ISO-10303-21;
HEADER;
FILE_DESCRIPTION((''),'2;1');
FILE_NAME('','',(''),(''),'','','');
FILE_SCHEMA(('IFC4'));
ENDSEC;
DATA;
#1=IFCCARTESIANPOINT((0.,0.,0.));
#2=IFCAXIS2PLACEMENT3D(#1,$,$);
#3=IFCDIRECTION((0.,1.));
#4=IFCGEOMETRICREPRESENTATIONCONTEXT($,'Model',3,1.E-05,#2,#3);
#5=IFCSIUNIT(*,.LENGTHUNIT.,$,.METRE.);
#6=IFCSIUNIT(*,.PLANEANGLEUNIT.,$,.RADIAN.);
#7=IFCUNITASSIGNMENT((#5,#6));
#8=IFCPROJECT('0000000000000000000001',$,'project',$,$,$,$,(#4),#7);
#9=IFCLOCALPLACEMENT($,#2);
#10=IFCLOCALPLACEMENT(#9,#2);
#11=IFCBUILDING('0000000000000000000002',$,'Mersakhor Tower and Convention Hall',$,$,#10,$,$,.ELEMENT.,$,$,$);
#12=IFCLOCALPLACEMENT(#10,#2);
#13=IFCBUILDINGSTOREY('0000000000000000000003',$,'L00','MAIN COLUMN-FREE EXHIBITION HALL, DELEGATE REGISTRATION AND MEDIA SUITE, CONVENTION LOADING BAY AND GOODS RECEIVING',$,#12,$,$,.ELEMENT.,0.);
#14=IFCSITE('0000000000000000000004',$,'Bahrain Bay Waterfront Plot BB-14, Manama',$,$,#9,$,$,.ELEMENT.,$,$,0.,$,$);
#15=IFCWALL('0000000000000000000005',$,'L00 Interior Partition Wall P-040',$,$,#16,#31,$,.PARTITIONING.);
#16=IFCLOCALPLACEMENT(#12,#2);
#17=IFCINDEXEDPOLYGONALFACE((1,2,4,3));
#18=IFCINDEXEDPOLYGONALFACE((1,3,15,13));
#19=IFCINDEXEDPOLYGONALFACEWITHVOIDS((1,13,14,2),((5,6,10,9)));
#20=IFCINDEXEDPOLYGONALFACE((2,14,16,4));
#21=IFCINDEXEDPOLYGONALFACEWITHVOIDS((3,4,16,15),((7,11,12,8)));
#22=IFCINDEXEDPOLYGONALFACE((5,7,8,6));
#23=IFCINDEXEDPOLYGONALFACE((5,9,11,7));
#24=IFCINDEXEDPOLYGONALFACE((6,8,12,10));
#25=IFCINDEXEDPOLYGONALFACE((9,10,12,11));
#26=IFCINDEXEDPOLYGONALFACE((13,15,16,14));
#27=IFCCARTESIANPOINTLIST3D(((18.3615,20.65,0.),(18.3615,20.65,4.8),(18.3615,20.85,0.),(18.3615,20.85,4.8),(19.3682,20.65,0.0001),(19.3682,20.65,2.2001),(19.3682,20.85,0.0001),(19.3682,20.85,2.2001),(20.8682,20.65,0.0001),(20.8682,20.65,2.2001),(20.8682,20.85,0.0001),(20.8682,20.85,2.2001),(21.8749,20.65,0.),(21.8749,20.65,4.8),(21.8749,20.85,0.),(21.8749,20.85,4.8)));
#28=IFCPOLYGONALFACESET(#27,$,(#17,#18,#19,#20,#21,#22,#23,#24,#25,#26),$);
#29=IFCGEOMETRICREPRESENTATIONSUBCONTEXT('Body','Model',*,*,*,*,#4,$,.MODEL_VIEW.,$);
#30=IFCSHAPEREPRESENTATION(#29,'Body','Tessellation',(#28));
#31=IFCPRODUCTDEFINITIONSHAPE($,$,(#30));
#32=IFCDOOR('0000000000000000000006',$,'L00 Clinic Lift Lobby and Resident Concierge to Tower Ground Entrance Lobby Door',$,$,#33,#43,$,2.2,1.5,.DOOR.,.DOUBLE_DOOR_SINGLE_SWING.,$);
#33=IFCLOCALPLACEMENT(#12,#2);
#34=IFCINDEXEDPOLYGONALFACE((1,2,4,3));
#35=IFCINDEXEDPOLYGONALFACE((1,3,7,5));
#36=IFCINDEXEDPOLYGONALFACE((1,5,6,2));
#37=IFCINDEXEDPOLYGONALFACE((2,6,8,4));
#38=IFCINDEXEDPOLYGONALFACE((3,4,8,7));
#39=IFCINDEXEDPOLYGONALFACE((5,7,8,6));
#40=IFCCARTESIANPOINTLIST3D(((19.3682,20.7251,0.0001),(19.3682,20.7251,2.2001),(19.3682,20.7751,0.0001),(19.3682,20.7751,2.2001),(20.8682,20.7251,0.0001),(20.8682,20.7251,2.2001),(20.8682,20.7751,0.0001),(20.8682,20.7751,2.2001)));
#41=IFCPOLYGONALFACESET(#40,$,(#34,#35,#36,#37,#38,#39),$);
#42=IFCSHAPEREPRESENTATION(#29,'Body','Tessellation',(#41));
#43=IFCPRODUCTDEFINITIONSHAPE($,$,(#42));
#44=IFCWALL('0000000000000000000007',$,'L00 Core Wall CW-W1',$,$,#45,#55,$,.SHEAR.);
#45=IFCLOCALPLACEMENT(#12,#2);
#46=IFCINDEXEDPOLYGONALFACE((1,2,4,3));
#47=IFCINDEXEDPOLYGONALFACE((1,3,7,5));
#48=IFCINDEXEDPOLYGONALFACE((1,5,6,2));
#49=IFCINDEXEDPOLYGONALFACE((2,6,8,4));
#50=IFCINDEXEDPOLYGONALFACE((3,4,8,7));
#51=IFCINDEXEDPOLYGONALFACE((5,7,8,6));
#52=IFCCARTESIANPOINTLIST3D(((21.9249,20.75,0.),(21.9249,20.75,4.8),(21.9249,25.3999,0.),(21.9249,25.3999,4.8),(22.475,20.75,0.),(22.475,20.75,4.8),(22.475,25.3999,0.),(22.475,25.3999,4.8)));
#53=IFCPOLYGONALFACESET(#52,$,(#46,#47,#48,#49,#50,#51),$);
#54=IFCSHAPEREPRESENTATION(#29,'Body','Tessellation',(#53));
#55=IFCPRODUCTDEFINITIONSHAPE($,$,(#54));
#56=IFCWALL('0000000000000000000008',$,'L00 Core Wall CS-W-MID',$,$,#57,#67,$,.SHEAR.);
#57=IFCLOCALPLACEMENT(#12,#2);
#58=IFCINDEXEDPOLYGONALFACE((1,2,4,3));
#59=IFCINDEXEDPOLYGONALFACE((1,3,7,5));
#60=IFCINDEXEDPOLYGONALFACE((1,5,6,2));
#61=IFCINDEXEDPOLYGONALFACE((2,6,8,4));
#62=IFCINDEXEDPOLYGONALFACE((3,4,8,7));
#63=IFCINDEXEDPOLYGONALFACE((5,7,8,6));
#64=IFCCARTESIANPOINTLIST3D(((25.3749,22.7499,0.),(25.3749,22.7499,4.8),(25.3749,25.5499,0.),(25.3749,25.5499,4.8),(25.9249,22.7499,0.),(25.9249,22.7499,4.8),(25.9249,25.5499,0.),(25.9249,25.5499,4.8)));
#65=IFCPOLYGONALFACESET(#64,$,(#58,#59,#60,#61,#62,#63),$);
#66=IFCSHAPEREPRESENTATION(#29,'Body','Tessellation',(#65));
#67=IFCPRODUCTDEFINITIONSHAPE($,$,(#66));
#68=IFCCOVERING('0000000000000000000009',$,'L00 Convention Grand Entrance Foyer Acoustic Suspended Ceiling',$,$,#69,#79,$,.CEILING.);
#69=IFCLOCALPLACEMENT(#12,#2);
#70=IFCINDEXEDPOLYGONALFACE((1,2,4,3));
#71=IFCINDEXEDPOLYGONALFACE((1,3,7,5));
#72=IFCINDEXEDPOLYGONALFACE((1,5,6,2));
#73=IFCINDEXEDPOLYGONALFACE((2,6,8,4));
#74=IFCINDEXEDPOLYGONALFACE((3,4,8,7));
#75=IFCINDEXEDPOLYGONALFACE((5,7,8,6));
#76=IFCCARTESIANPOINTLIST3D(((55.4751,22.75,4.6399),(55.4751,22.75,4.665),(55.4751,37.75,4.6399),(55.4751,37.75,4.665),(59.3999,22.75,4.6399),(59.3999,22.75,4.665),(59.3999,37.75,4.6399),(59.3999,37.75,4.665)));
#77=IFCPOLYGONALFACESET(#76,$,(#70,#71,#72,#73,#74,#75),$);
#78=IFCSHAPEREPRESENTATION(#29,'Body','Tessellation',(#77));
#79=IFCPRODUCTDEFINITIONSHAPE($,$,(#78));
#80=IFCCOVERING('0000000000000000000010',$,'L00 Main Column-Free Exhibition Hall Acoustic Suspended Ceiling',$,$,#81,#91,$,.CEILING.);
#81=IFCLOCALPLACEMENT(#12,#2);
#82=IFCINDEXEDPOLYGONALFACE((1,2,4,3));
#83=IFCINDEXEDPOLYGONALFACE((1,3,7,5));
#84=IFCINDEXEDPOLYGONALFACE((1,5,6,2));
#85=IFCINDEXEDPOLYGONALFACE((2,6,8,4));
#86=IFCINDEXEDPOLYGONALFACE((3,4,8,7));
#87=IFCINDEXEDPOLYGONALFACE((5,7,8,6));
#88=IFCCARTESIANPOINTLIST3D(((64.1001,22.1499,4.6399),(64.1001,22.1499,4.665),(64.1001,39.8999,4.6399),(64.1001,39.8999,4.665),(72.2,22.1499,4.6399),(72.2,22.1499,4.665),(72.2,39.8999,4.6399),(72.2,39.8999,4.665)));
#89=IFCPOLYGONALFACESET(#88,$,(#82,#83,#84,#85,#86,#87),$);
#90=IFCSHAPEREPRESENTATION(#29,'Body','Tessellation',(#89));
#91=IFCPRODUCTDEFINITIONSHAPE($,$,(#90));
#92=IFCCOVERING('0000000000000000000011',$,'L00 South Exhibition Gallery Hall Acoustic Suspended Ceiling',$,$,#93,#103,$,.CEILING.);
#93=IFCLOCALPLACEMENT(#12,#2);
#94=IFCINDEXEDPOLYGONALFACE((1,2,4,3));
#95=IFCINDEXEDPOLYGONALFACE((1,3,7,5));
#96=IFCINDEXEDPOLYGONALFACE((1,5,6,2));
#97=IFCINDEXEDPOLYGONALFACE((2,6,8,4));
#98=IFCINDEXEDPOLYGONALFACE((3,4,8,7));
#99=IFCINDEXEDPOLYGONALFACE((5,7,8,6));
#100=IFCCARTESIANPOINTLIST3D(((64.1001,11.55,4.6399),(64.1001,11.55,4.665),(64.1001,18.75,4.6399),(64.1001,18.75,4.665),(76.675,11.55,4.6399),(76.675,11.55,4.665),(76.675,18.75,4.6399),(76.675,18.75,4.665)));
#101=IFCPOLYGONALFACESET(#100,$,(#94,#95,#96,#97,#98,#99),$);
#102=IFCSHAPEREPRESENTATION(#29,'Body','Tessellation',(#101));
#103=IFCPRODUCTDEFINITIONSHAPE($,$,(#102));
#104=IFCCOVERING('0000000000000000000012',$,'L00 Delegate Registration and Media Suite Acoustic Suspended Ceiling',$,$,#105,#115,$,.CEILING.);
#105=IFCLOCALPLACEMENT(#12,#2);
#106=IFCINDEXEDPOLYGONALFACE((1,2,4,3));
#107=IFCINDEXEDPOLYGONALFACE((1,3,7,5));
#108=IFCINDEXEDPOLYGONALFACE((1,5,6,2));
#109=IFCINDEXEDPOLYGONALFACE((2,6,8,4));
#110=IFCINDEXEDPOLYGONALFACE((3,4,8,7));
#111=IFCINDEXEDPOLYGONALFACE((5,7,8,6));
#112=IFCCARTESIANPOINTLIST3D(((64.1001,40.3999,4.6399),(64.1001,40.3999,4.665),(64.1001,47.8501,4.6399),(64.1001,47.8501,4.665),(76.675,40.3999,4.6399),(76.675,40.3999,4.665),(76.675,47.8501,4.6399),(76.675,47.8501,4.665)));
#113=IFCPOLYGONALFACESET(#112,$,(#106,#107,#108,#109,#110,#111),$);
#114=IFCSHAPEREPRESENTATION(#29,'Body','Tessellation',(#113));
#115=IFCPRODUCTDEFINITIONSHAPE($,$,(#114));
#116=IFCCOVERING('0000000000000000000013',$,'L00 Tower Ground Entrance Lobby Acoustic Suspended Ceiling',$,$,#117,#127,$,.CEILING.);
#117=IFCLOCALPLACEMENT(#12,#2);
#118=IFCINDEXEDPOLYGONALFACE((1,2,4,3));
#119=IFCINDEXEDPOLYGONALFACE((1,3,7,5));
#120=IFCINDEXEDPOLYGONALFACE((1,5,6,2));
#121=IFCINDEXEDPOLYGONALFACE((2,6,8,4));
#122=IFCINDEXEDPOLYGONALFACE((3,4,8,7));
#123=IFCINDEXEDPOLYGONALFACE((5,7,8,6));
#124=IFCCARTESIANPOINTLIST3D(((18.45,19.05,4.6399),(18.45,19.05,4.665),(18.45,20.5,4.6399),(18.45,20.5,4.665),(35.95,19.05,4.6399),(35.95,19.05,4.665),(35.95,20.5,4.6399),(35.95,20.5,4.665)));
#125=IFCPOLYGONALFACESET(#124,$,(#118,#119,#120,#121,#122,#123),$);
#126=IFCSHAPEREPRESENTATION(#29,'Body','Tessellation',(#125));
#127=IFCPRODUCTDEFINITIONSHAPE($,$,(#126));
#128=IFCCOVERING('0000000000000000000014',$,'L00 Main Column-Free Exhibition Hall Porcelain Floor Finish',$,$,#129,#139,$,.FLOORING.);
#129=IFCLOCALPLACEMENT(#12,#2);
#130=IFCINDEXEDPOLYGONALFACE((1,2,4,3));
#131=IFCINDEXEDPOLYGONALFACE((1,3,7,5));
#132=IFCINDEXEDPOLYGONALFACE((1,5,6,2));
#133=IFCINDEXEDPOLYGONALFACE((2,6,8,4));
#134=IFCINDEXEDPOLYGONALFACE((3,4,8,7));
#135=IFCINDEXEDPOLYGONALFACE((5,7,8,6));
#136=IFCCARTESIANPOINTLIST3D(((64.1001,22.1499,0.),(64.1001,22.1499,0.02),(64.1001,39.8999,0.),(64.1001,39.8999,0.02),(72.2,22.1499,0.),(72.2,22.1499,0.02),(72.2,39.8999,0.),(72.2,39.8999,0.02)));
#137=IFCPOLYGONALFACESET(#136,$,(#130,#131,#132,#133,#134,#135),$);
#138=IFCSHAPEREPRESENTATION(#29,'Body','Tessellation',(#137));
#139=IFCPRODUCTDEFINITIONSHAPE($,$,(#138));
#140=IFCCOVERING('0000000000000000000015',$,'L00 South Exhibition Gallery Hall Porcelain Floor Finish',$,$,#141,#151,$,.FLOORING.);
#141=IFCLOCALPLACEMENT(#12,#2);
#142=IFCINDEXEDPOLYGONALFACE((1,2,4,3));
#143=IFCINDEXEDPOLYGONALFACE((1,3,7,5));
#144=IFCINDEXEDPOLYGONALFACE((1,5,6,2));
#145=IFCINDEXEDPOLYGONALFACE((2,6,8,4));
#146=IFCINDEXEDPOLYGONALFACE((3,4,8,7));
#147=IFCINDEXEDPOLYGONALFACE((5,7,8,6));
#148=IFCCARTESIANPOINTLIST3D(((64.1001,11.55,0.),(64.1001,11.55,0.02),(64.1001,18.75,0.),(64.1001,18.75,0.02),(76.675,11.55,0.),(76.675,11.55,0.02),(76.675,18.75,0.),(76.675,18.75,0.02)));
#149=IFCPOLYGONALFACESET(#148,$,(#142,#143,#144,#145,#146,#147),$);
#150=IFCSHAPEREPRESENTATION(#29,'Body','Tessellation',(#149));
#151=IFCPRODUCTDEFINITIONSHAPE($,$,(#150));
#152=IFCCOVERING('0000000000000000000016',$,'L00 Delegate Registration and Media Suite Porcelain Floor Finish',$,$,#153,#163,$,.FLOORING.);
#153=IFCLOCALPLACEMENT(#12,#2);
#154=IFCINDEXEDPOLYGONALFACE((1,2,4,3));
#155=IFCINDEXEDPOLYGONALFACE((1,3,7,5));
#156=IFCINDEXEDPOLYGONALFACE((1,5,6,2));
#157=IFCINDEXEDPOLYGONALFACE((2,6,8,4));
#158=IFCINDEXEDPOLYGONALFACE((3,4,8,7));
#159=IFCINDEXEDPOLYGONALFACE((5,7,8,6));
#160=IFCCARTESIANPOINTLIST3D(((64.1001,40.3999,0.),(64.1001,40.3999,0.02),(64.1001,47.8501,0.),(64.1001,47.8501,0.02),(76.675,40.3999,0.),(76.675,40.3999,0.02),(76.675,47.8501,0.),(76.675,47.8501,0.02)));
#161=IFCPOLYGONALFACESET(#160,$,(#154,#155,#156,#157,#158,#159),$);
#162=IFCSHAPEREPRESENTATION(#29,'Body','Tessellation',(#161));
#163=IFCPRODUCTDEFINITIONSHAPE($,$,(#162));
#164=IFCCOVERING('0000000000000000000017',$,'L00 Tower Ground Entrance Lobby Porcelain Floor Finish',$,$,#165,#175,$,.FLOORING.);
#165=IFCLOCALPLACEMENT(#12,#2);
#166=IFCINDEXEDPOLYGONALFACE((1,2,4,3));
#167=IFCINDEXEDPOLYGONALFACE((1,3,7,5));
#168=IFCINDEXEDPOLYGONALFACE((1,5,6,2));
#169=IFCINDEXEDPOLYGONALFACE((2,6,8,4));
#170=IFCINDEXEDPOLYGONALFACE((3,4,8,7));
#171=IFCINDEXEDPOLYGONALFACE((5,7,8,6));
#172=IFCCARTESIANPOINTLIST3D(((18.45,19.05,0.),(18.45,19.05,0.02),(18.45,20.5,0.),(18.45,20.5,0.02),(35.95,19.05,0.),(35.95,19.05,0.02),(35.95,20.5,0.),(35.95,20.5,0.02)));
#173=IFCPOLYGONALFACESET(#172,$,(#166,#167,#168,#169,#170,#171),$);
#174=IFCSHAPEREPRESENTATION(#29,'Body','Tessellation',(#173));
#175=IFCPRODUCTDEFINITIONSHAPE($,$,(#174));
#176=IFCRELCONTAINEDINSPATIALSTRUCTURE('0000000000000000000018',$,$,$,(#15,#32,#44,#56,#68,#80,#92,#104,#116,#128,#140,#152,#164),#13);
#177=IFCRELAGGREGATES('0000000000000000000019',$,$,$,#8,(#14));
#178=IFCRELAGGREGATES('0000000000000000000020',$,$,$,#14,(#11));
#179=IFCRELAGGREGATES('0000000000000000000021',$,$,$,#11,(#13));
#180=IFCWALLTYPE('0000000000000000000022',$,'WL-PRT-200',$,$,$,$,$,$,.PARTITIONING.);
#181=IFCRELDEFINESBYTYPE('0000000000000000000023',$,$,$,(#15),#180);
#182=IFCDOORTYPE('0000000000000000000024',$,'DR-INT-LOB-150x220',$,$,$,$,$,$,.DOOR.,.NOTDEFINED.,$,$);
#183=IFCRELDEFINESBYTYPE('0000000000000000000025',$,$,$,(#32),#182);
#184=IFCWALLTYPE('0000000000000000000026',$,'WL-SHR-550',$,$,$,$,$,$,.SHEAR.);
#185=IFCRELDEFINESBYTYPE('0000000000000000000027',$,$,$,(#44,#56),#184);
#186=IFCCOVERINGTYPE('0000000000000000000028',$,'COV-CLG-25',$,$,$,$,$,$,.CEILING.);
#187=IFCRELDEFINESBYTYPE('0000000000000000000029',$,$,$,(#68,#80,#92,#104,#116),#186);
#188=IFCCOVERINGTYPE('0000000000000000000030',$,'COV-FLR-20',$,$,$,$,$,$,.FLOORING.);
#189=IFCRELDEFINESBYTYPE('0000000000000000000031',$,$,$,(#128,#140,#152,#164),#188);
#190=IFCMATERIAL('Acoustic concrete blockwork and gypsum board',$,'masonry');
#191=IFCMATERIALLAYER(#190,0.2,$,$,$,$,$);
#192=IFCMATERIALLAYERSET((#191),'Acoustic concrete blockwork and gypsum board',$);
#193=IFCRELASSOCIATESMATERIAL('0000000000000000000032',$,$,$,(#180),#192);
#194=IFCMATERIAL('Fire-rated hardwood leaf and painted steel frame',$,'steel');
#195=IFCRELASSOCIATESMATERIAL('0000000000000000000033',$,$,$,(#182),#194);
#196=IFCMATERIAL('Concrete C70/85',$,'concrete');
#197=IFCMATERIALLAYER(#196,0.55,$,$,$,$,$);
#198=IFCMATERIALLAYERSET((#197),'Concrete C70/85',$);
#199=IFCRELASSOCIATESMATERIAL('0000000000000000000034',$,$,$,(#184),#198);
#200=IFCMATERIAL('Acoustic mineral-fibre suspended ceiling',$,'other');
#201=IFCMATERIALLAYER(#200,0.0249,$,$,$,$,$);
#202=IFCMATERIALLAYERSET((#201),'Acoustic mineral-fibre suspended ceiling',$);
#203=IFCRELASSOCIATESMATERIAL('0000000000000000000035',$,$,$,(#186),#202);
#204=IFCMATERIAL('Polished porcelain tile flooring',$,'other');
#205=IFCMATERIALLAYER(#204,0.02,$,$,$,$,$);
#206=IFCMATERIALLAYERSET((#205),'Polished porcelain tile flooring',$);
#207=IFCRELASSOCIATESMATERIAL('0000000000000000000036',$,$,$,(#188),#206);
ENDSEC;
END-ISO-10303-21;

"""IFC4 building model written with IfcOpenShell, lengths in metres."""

from ifc_helpers import new_model, si_unit, direction, frame, frame_2d, origin, place, context, subcontext, project, spatial, polyline, rectangle, outline, extrude, material, layer, layer_set, type_object, element, fill, save


model = new_model("IFC4")

# Units and contexts
model_context = context("Model", 3, precision=1e-05, world=origin(), true_north=direction((0.0, 1.0)))
body_context = subcontext(model_context, "Body", "Model", "MODEL_VIEW")
ifc_project = project(units=[si_unit("LENGTHUNIT", "METRE"), si_unit("PLANEANGLEUNIT", "RADIAN")], contexts=[model_context])

# Site, building, storey
site_placement = place(None, origin())
site = spatial("IfcSite", under=ifc_project, at=site_placement, Name="Bahrain Bay Waterfront Plot BB-14, Manama", CompositionType="ELEMENT", RefElevation=0.0)
building_placement = place(site_placement, origin())
building = spatial("IfcBuilding", under=site, at=building_placement, Name="Mersakhor Tower and Convention Hall", CompositionType="ELEMENT")
storey_placement = place(building_placement, origin())
storey = spatial("IfcBuildingStorey", under=building, at=storey_placement, Name="L00", Description="MAIN COLUMN-FREE EXHIBITION HALL, DELEGATE REGISTRATION AND MEDIA SUITE, CONVENTION LOADING BAY AND GOODS RECEIVING", CompositionType="ELEMENT", Elevation=0.0)

# Shared definitions
ifc_material_1 = material(Name="Acoustic concrete blockwork and gypsum board", Category="masonry")
ifc_layer_1 = layer(ifc_material_1, 0.2)
ifc_layer_set_1 = layer_set([ifc_layer_1], Name="Acoustic concrete blockwork and gypsum board")
wall_type_1 = type_object("IfcWallType", Name="WL-PRT-200", PredefinedType="PARTITIONING", material=ifc_layer_set_1)

# Wall, opening, door
wall_1_placement = place(storey_placement, frame((21.875, 20.75, 0.0), z_axis=(0.0, 0.0, 1.0), x_axis=(-1.0, 0.0, 0.0)))
wall_1 = element("IfcWall", 1, at=wall_1_placement, inside=storey, type_object=wall_type_1, Name="L00 Interior Partition Wall P-040", PredefinedType="PARTITIONING", context=body_context, shape_type="SweptSolid", body=[
    extrude(rectangle(XDim=3.5134, YDim=0.2, at=frame_2d((1.7568, 0.0))), origin(), (0.0, 0.0, 1.0), 4.8),
])
opening_1_placement = place(wall_1_placement, frame((1.0068, 0.0, 0.0)))
opening_1 = element("IfcOpeningElement", 2, at=opening_1_placement, cuts=wall_1, PredefinedType="OPENING", context=body_context, shape_type="SweptSolid", body=[
    extrude(rectangle(XDim=1.5, YDim=2.2, at=frame_2d((0.75, 1.1001))), frame((0.0, 0.1099, 0.0), z_axis=(0.0, -1.0, 0.0), x_axis=(1.0, 0.0, 0.0)), (0.0, 0.0, 1.0), 0.22),
])
ifc_material_2 = material(Name="Fire-rated hardwood leaf and painted steel frame", Category="steel")
door_type_1 = type_object("IfcDoorType", Name="DR-INT-LOB-150x220", OperationType="NOTDEFINED", PredefinedType="DOOR", material=ifc_material_2)
door_1_placement = place(opening_1_placement, origin())
door_1 = element("IfcDoor", 3, at=door_1_placement, inside=storey, type_object=door_type_1, Name="L00 Clinic Lift Lobby and Resident Concierge to Tower Ground Entrance Lobby Door", OperationType="DOUBLE_DOOR_SINGLE_SWING", OverallHeight=2.2, OverallWidth=1.5, PredefinedType="DOOR", context=body_context, shape_type="SweptSolid", body=[
    extrude(rectangle(XDim=1.5, YDim=2.2, at=frame_2d((0.75, 1.1001))), frame((0.0, 0.0249, 0.0), z_axis=(0.0, -1.0, 0.0), x_axis=(1.0, 0.0, 0.0)), (0.0, 0.0, 1.0), 0.05),
])
fill(opening_1, door_1)

# Wall
ifc_material_3 = material(Name="Concrete C70/85", Category="concrete")
ifc_layer_2 = layer(ifc_material_3, 0.55)
ifc_layer_set_2 = layer_set([ifc_layer_2], Name="Concrete C70/85")
wall_type_2 = type_object("IfcWallType", Name="WL-SHR-550", PredefinedType="SHEAR", material=ifc_layer_set_2)
wall_2_placement = place(storey_placement, frame((22.2, 20.75, 0.0), z_axis=(0.0, 0.0, 1.0), x_axis=(0.0, 1.0, 0.0)))
element("IfcWall", 4, at=wall_2_placement, inside=storey, type_object=wall_type_2, Name="L00 Core Wall CW-W1", PredefinedType="SHEAR", context=body_context, shape_type="SweptSolid", body=[
    extrude(rectangle(XDim=4.6499, YDim=0.55, at=frame_2d((2.325, 0.0))), origin(), (0.0, 0.0, 1.0), 4.8),
])

# Wall
wall_3_placement = place(storey_placement, frame((25.6499, 22.75, 0.0), z_axis=(0.0, 0.0, 1.0), x_axis=(0.0, 1.0, 0.0)))
element("IfcWall", 5, at=wall_3_placement, inside=storey, type_object=wall_type_2, Name="L00 Core Wall CS-W-MID", PredefinedType="SHEAR", context=body_context, shape_type="SweptSolid", body=[
    extrude(rectangle(XDim=2.8, YDim=0.55, at=frame_2d((1.3999, 0.0))), origin(), (0.0, 0.0, 1.0), 4.8),
])

# Coverings
ifc_material_4 = material(Name="Acoustic mineral-fibre suspended ceiling", Category="other")
ifc_layer_3 = layer(ifc_material_4, 0.0249)
ifc_layer_set_3 = layer_set([ifc_layer_3], Name="Acoustic mineral-fibre suspended ceiling")
covering_type_1 = type_object("IfcCoveringType", Name="COV-CLG-25", PredefinedType="CEILING", material=ifc_layer_set_3)
covering_1_placement = place(storey_placement, frame((0.0, 0.0, 4.6399)))
element("IfcCovering", 6, at=covering_1_placement, inside=storey, type_object=covering_type_1, Name="L00 Convention Grand Entrance Foyer Acoustic Suspended Ceiling", PredefinedType="CEILING", context=body_context, shape_type="SweptSolid", body=[
    extrude(outline(polyline([(55.4751, 37.75), (59.3999, 37.75), (59.3999, 22.75), (55.4751, 22.75), (55.4751, 37.75)])), origin(), (0.0, 0.0, 1.0), 0.0251),
])
covering_2_placement = place(storey_placement, frame((0.0, 0.0, 4.6399)))
element("IfcCovering", 7, at=covering_2_placement, inside=storey, type_object=covering_type_1, Name="L00 Main Column-Free Exhibition Hall Acoustic Suspended Ceiling", PredefinedType="CEILING", context=body_context, shape_type="SweptSolid", body=[
    extrude(outline(polyline([(64.1001, 39.8999), (72.2, 39.8999), (72.2, 22.1499), (64.1001, 22.1499), (64.1001, 39.8999)])), origin(), (0.0, 0.0, 1.0), 0.0251),
])
covering_3_placement = place(storey_placement, frame((0.0, 0.0, 4.6399)))
element("IfcCovering", 8, at=covering_3_placement, inside=storey, type_object=covering_type_1, Name="L00 South Exhibition Gallery Hall Acoustic Suspended Ceiling", PredefinedType="CEILING", context=body_context, shape_type="SweptSolid", body=[
    extrude(outline(polyline([(64.1001, 18.75), (76.675, 18.75), (76.675, 11.55), (64.1001, 11.55), (64.1001, 18.75)])), origin(), (0.0, 0.0, 1.0), 0.0251),
])
covering_4_placement = place(storey_placement, frame((0.0, 0.0, 4.6399)))
element("IfcCovering", 9, at=covering_4_placement, inside=storey, type_object=covering_type_1, Name="L00 Delegate Registration and Media Suite Acoustic Suspended Ceiling", PredefinedType="CEILING", context=body_context, shape_type="SweptSolid", body=[
    extrude(outline(polyline([(64.1001, 40.3999), (64.1001, 47.8501), (76.675, 47.8501), (76.675, 40.3999), (64.1001, 40.3999)])), origin(), (0.0, 0.0, 1.0), 0.0251),
])
covering_5_placement = place(storey_placement, frame((0.0, 0.0, 4.6399)))
element("IfcCovering", 10, at=covering_5_placement, inside=storey, type_object=covering_type_1, Name="L00 Tower Ground Entrance Lobby Acoustic Suspended Ceiling", PredefinedType="CEILING", context=body_context, shape_type="SweptSolid", body=[
    extrude(outline(polyline([(18.45, 20.5), (35.95, 20.5), (35.95, 19.05), (18.45, 19.05), (18.45, 20.5)])), origin(), (0.0, 0.0, 1.0), 0.0251),
])
ifc_material_5 = material(Name="Polished porcelain tile flooring", Category="other")
ifc_layer_4 = layer(ifc_material_5, 0.02)
ifc_layer_set_4 = layer_set([ifc_layer_4], Name="Polished porcelain tile flooring")
covering_type_2 = type_object("IfcCoveringType", Name="COV-FLR-20", PredefinedType="FLOORING", material=ifc_layer_set_4)
covering_6_placement = place(storey_placement, origin())
element("IfcCovering", 11, at=covering_6_placement, inside=storey, type_object=covering_type_2, Name="L00 Main Column-Free Exhibition Hall Porcelain Floor Finish", PredefinedType="FLOORING", context=body_context, shape_type="SweptSolid", body=[
    extrude(outline(polyline([(64.1001, 39.8999), (72.2, 39.8999), (72.2, 22.1499), (64.1001, 22.1499), (64.1001, 39.8999)])), origin(), (0.0, 0.0, 1.0), 0.02),
])
covering_7_placement = place(storey_placement, origin())
element("IfcCovering", 12, at=covering_7_placement, inside=storey, type_object=covering_type_2, Name="L00 South Exhibition Gallery Hall Porcelain Floor Finish", PredefinedType="FLOORING", context=body_context, shape_type="SweptSolid", body=[
    extrude(outline(polyline([(64.1001, 18.75), (76.675, 18.75), (76.675, 11.55), (64.1001, 11.55), (64.1001, 18.75)])), origin(), (0.0, 0.0, 1.0), 0.02),
])
covering_8_placement = place(storey_placement, origin())
element("IfcCovering", 13, at=covering_8_placement, inside=storey, type_object=covering_type_2, Name="L00 Delegate Registration and Media Suite Porcelain Floor Finish", PredefinedType="FLOORING", context=body_context, shape_type="SweptSolid", body=[
    extrude(outline(polyline([(64.1001, 40.3999), (64.1001, 47.8501), (76.675, 47.8501), (76.675, 40.3999), (64.1001, 40.3999)])), origin(), (0.0, 0.0, 1.0), 0.02),
])
covering_9_placement = place(storey_placement, origin())
element("IfcCovering", 14, at=covering_9_placement, inside=storey, type_object=covering_type_2, Name="L00 Tower Ground Entrance Lobby Porcelain Floor Finish", PredefinedType="FLOORING", context=body_context, shape_type="SweptSolid", body=[
    extrude(outline(polyline([(18.45, 20.5), (35.95, 20.5), (35.95, 19.05), (18.45, 19.05), (18.45, 20.5)])), origin(), (0.0, 0.0, 1.0), 0.02),
])

save(model, "model.ifc")
